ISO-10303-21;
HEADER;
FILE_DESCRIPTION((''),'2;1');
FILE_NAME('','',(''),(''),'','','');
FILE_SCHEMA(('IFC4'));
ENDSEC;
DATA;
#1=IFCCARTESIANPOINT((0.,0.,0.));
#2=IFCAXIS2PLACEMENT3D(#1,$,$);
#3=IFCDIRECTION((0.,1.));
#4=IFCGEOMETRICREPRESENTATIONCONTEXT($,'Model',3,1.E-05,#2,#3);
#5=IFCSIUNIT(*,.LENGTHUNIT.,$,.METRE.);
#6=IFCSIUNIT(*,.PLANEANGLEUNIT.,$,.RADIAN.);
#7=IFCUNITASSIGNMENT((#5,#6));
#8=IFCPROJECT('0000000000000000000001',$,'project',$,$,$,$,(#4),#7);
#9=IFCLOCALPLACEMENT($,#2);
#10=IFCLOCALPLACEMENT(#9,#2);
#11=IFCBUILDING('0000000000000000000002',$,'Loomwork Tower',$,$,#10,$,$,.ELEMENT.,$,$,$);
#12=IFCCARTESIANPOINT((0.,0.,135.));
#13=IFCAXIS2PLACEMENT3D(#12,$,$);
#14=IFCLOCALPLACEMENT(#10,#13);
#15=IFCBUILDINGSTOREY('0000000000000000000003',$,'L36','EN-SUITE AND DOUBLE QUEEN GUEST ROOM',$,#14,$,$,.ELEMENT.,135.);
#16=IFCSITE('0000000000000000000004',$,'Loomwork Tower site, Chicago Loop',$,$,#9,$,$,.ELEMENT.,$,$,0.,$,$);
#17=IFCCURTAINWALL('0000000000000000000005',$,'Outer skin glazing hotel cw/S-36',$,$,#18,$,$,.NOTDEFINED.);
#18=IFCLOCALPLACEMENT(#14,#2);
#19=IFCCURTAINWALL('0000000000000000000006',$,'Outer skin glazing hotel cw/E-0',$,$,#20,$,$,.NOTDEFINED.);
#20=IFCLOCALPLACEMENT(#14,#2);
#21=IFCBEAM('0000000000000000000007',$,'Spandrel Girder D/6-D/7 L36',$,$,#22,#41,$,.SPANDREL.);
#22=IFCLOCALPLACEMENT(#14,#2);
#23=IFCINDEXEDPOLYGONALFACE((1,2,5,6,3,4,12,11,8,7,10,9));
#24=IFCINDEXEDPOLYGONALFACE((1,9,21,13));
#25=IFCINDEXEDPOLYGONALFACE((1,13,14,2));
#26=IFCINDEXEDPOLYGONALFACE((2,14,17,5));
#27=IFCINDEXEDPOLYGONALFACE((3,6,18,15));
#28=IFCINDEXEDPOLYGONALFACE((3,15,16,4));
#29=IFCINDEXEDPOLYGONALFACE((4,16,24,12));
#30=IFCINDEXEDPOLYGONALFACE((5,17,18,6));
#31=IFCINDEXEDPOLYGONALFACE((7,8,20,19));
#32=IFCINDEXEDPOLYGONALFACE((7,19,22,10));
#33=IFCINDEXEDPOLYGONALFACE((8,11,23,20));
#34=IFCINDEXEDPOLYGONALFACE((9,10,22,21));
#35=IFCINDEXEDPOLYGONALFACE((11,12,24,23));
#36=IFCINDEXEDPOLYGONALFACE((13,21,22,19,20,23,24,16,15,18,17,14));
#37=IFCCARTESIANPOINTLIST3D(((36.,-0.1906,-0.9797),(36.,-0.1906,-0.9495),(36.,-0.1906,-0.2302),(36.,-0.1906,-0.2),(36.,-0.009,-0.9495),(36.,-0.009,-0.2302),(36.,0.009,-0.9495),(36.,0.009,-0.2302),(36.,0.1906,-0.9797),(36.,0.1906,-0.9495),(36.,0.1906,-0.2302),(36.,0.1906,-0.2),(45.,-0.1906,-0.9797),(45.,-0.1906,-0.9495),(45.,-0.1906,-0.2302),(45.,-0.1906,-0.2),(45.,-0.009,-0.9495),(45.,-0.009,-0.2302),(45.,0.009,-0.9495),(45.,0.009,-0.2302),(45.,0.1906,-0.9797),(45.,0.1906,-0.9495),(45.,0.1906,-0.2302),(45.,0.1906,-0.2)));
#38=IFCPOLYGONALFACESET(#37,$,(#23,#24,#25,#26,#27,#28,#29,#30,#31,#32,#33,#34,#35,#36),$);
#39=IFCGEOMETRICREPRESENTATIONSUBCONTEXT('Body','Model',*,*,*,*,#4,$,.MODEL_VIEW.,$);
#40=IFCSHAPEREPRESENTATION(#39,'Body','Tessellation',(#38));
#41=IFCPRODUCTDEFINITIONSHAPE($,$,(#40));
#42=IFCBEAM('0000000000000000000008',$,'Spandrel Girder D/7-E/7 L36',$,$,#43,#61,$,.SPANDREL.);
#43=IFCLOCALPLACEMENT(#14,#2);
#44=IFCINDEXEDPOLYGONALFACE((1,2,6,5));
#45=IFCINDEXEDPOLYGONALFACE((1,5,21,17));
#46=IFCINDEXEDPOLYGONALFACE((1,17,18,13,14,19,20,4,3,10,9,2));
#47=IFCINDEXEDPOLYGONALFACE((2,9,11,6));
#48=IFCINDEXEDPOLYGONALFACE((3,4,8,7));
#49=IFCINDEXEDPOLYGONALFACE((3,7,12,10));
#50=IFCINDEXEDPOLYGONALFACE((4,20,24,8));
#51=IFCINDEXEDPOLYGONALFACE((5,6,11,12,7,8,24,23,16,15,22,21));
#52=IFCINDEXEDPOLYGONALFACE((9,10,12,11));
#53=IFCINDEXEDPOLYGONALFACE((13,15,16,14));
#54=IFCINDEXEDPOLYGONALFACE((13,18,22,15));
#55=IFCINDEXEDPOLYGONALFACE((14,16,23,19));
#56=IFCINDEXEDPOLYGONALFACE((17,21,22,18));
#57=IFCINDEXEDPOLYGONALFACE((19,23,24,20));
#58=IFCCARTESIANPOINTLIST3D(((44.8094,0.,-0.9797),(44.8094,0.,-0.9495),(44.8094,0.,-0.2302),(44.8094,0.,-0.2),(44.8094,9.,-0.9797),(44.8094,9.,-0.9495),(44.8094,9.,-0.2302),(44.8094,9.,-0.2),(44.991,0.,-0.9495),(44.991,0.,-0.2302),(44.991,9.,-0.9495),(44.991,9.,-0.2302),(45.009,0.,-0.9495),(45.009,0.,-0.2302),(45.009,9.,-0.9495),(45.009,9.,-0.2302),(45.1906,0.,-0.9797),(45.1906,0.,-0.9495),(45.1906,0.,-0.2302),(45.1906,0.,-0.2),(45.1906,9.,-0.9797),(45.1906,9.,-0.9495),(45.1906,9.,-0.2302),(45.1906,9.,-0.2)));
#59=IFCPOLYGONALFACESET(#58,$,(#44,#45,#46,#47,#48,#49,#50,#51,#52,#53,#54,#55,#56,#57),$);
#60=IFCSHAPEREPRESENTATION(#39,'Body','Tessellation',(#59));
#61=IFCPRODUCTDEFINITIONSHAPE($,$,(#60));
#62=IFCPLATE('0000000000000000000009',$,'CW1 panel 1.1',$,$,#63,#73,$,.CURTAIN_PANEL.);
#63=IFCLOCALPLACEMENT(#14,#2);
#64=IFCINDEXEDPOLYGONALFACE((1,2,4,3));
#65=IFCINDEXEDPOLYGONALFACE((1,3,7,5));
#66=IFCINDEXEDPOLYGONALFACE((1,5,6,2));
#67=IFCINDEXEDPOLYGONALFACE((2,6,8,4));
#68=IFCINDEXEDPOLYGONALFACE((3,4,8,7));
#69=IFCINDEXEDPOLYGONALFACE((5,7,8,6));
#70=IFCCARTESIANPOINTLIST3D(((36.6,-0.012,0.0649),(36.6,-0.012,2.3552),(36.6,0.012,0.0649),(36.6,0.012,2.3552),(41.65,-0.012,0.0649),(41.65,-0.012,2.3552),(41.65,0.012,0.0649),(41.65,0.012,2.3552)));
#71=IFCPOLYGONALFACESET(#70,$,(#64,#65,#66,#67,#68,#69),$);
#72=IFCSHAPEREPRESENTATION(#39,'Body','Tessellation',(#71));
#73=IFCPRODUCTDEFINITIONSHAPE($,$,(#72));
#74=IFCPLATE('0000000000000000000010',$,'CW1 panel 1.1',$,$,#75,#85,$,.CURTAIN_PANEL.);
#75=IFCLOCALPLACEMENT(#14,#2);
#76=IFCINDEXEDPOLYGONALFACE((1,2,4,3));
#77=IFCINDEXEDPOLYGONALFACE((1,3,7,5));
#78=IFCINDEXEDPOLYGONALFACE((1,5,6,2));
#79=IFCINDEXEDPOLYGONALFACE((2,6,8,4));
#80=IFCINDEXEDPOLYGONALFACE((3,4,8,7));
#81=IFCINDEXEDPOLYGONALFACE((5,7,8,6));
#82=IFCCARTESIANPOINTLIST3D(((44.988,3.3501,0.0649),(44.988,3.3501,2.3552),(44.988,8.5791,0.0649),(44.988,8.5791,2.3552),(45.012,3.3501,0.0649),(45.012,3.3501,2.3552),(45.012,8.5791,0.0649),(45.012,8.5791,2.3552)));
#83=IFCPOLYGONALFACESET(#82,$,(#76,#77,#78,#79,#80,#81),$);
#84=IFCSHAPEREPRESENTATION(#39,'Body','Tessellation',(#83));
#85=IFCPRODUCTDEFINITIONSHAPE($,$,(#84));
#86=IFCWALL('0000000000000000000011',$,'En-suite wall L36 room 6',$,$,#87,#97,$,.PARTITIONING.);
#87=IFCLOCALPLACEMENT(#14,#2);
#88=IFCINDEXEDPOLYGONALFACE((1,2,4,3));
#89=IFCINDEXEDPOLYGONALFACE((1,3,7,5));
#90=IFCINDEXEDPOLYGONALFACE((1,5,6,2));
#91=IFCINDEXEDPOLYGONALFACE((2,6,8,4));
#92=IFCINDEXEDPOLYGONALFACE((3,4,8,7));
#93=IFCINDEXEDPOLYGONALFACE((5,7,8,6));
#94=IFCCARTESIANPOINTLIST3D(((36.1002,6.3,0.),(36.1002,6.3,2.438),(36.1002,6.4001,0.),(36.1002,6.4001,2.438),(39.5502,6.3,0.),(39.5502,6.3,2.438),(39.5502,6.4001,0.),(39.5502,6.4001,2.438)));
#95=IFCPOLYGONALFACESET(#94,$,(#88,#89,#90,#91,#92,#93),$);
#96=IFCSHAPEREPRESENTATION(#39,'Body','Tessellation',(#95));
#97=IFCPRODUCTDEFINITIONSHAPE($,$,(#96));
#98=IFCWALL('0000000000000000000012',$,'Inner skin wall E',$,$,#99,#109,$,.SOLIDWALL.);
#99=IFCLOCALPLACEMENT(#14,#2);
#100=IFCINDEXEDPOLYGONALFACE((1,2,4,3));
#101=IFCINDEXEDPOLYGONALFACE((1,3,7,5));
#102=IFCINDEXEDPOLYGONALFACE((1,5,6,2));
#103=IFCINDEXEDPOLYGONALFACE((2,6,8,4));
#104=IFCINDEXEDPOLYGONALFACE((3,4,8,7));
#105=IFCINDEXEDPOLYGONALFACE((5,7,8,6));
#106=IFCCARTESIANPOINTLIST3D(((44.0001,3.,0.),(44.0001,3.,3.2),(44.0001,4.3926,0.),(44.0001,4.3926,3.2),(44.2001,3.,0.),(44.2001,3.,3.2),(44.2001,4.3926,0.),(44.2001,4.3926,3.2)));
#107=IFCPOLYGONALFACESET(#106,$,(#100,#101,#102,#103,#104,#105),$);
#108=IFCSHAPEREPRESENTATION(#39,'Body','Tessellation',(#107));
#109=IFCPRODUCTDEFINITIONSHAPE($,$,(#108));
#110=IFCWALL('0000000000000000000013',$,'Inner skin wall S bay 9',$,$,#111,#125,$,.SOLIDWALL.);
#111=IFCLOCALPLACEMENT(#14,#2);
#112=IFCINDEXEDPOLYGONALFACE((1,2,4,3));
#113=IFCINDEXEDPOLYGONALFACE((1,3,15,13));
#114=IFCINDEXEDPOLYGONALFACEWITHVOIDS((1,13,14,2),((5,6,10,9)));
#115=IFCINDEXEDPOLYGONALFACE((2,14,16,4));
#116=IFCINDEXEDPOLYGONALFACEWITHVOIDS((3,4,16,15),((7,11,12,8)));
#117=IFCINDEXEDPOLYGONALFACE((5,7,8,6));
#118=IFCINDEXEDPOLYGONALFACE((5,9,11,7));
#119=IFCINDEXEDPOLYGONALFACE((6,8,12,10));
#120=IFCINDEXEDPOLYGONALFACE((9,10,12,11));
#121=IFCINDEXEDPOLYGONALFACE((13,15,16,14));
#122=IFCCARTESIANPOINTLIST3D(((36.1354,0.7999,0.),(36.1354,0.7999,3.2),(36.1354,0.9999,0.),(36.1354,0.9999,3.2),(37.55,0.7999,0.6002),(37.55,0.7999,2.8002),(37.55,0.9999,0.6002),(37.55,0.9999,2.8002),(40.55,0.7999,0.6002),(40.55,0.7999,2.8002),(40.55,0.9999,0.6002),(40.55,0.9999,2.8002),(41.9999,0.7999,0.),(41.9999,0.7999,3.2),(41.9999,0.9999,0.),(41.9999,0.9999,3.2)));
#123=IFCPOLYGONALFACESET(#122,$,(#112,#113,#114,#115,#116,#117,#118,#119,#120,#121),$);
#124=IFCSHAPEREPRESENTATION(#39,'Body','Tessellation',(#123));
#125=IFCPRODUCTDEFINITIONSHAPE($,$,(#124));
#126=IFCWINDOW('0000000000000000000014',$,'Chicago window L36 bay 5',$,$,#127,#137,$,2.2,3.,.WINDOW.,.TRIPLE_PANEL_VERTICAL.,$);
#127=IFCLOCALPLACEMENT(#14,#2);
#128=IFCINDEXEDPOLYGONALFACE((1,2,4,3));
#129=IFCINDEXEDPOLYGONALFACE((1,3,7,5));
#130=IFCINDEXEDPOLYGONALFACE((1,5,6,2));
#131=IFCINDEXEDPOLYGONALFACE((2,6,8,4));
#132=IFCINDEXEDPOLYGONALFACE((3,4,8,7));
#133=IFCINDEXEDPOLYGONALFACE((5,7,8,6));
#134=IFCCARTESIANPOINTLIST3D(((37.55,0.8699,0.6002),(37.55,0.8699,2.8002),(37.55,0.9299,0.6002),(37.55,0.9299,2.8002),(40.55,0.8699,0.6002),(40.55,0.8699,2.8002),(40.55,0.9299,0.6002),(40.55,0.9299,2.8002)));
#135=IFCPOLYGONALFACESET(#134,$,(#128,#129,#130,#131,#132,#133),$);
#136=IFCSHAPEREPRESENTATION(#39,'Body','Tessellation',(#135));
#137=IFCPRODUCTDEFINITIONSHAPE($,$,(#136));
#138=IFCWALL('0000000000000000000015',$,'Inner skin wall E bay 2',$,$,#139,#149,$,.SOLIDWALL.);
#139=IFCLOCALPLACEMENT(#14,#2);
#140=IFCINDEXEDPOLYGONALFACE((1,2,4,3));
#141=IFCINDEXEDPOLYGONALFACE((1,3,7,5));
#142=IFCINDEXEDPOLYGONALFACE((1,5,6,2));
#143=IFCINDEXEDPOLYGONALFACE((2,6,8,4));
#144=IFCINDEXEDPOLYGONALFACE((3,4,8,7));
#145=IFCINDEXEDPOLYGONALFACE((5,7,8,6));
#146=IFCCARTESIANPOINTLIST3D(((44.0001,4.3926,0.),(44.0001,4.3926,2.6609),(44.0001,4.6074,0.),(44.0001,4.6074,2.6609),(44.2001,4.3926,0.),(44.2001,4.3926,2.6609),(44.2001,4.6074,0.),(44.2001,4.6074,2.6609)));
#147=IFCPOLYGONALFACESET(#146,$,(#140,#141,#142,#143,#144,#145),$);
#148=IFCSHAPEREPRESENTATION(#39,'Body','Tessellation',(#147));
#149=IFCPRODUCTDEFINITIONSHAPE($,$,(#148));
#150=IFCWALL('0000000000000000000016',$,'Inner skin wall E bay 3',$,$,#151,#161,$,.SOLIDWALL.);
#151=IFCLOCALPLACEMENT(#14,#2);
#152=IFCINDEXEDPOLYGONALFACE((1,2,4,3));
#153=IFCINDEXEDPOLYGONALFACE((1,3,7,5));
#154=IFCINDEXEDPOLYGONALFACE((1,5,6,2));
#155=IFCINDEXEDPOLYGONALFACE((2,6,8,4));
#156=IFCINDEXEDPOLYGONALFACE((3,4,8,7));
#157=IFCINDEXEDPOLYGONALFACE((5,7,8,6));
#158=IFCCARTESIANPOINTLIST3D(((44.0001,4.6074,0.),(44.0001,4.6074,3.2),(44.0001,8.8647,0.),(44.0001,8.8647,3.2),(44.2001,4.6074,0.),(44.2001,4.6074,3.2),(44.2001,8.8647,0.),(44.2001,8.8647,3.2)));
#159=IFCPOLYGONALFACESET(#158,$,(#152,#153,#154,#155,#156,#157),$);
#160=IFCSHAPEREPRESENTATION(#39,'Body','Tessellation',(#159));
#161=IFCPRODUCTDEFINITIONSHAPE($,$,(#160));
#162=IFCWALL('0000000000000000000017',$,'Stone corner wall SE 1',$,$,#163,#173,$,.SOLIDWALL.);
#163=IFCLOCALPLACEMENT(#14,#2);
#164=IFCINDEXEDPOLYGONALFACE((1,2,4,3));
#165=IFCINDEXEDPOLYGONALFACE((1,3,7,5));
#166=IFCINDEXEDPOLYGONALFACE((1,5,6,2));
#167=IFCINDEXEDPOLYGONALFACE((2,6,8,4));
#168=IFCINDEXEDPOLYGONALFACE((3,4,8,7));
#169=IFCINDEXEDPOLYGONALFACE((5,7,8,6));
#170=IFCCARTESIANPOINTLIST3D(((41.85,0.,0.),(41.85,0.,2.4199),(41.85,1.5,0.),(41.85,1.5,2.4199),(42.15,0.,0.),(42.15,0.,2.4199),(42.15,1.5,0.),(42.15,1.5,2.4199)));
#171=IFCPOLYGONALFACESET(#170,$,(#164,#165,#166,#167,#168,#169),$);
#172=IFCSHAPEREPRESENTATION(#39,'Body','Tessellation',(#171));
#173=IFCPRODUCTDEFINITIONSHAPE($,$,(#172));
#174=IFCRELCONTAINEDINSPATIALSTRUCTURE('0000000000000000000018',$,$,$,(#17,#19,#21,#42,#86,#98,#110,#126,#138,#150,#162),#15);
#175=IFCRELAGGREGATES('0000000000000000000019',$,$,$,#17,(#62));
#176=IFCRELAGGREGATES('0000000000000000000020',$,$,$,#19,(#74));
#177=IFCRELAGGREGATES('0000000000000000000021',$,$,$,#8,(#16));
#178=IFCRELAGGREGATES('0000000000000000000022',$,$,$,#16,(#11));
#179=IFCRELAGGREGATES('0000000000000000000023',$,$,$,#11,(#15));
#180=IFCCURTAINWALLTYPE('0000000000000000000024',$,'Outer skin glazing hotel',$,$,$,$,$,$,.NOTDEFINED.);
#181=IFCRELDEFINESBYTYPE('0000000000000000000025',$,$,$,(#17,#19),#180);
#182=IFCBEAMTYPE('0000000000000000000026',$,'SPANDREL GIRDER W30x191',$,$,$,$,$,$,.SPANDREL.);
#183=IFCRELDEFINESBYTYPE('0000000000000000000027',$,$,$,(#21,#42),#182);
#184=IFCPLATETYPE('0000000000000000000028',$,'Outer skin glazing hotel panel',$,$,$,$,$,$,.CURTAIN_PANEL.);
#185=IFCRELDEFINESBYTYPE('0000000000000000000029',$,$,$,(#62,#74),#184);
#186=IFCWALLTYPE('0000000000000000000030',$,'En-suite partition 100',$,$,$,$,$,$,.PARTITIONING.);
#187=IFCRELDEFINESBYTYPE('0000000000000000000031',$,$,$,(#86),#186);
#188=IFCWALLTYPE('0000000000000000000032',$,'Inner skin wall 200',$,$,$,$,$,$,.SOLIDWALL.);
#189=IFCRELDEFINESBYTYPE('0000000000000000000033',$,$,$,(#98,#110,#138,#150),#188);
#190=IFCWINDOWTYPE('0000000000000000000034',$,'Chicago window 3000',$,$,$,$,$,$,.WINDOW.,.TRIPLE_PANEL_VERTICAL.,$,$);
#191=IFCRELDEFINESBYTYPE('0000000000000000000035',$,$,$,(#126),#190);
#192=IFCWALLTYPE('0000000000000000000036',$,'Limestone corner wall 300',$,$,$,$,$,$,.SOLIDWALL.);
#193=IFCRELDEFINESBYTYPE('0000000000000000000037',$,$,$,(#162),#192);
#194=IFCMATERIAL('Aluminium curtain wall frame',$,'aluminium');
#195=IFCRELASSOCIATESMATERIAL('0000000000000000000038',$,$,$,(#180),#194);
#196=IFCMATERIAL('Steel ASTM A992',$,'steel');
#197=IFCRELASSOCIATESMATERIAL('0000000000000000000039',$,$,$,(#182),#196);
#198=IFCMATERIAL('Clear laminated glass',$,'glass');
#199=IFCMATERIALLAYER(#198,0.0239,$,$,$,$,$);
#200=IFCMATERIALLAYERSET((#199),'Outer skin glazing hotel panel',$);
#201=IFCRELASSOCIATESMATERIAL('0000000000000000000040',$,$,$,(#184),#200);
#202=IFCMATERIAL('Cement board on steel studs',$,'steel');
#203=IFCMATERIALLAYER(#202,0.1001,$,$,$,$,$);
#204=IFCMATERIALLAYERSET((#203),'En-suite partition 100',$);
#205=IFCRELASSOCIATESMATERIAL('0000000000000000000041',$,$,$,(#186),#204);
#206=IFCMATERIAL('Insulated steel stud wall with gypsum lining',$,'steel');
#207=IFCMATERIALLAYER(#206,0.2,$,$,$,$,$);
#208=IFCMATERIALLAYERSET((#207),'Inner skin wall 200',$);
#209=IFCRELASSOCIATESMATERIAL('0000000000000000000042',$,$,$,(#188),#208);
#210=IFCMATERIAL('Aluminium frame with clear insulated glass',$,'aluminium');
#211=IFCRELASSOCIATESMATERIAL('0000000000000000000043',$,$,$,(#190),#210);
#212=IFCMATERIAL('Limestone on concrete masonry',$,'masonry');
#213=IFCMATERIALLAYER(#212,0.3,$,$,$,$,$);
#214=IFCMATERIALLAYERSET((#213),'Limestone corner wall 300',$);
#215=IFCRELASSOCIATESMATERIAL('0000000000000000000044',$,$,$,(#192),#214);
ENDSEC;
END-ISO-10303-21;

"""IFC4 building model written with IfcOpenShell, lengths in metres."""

from ifc_helpers import new_model, si_unit, direction, frame, frame_2d, origin, origin_2d, place, context, subcontext, project, spatial, rectangle, i_section, extrude, material, layer, layer_set, material_profile, profile_set, type_object, element, fill, aggregate, save


model = new_model("IFC4")

# Units and contexts
model_context = context("Model", 3, precision=1e-05, world=origin(), true_north=direction((0.0, 1.0)))
body_context = subcontext(model_context, "Body", "Model", "MODEL_VIEW")
ifc_project = project(units=[si_unit("LENGTHUNIT", "METRE"), si_unit("PLANEANGLEUNIT", "RADIAN")], contexts=[model_context])

# Site, building, storey
site_placement = place(None, origin())
site = spatial("IfcSite", under=ifc_project, at=site_placement, Name="Loomwork Tower site, Chicago Loop", CompositionType="ELEMENT", RefElevation=0.0)
building_placement = place(site_placement, origin())
building = spatial("IfcBuilding", under=site, at=building_placement, Name="Loomwork Tower", CompositionType="ELEMENT")
storey_placement = place(building_placement, frame((0.0, 0.0, 135.0)))
storey = spatial("IfcBuildingStorey", under=building, at=storey_placement, Name="L36", Description="EN-SUITE AND DOUBLE QUEEN GUEST ROOM", CompositionType="ELEMENT", Elevation=135.0)

# Curtain wall
ifc_material_1 = material(Name="Aluminium curtain wall frame", Category="aluminium")
curtain_wall_type = type_object("IfcCurtainWallType", Name="Outer skin glazing hotel", PredefinedType="NOTDEFINED", material=ifc_material_1)
curtain_wall_1_placement = place(storey_placement, origin())
curtain_wall_1 = element("IfcCurtainWall", 1, at=curtain_wall_1_placement, inside=storey, type_object=curtain_wall_type, Name="Outer skin glazing hotel cw/S-36", PredefinedType="NOTDEFINED")

# Curtain wall
curtain_wall_2_placement = place(storey_placement, origin())
curtain_wall_2 = element("IfcCurtainWall", 2, at=curtain_wall_2_placement, inside=storey, type_object=curtain_wall_type, Name="Outer skin glazing hotel cw/E-0", PredefinedType="NOTDEFINED")

# Beams
ifc_material_2 = material(Name="Steel ASTM A992", Category="steel")
ifc_material_profile_1 = material_profile(ifc_material_2, i_section(OverallWidth=0.3811, OverallDepth=0.7798, WebThickness=0.0181, FlangeThickness=0.0303, at=origin_2d()), Name="W30x191")
ifc_profile_set_1 = profile_set([ifc_material_profile_1], Name="Steel ASTM A992")
beam_type_1 = type_object("IfcBeamType", Name="SPANDREL GIRDER W30x191", PredefinedType="SPANDREL", material=ifc_profile_set_1)
for number, where, z_axis, x_axis, name in (
    (3, (36.0, 0.0, -0.5898), (1.0, 0.0, 0.0), (0.0, 1.0, 0.0), "Spandrel Girder D/6-D/7 L36"),
    (4, (45.0, 0.0, -0.5898), (0.0, 1.0, 0.0), (-1.0, 0.0, 0.0), "Spandrel Girder D/7-E/7 L36"),
):
    element("IfcBeam", number, at=place(storey_placement, frame(where, z_axis=z_axis, x_axis=x_axis)), inside=storey, type_object=beam_type_1, Name=name, PredefinedType="SPANDREL", context=body_context, shape_type="SweptSolid", body=[
        extrude(i_section(OverallWidth=0.3811, OverallDepth=0.7798, WebThickness=0.0181, FlangeThickness=0.0303, at=origin_2d()), origin(), (0.0, 0.0, 1.0), 9.0),
    ])

# Plates
ifc_material_3 = material(Name="Clear laminated glass", Category="glass")
ifc_layer_1 = layer(ifc_material_3, 0.0239)
ifc_layer_set_1 = layer_set([ifc_layer_1], Name="Outer skin glazing hotel panel")
plate_type = type_object("IfcPlateType", Name="Outer skin glazing hotel panel", PredefinedType="CURTAIN_PANEL", material=ifc_layer_set_1)
plate_1_placement = place(storey_placement, frame((39.125, 0.0, 0.0649), z_axis=(0.0, 0.0, 1.0), x_axis=(1.0, 0.0, 0.0)))
plate_1 = element("IfcPlate", 5, at=plate_1_placement, type_object=plate_type, Name="CW1 panel 1.1", PredefinedType="CURTAIN_PANEL", context=body_context, shape_type="SweptSolid", body=[
    extrude(rectangle(XDim=5.05, YDim=0.0239, at=origin_2d()), origin(), (0.0, 0.0, 1.0), 2.2903),
])
aggregate(curtain_wall_1, [plate_1])
plate_2_placement = place(storey_placement, frame((45.0, 5.9646, 0.0649), z_axis=(0.0, 0.0, 1.0), x_axis=(0.0, 1.0, 0.0)))
plate_2 = element("IfcPlate", 6, at=plate_2_placement, type_object=plate_type, Name="CW1 panel 1.1", PredefinedType="CURTAIN_PANEL", context=body_context, shape_type="SweptSolid", body=[
    extrude(rectangle(XDim=5.229, YDim=0.0239, at=origin_2d()), origin(), (0.0, 0.0, 1.0), 2.2903),
])
aggregate(curtain_wall_2, [plate_2])

# Walls
ifc_material_4 = material(Name="Cement board on steel studs", Category="steel")
ifc_layer_2 = layer(ifc_material_4, 0.1001)
ifc_layer_set_2 = layer_set([ifc_layer_2], Name="En-suite partition 100")
wall_type_1 = type_object("IfcWallType", Name="En-suite partition 100", PredefinedType="PARTITIONING", material=ifc_layer_set_2)
wall_1_placement = place(storey_placement, frame((36.1001, 6.3501, 0.0), z_axis=(0.0, 0.0, 1.0), x_axis=(1.0, 0.0, 0.0)))
element("IfcWall", 7, at=wall_1_placement, inside=storey, type_object=wall_type_1, Name="En-suite wall L36 room 6", PredefinedType="PARTITIONING", context=body_context, shape_type="SweptSolid", body=[
    extrude(rectangle(XDim=3.45, YDim=0.1001, at=frame_2d((1.7251, 0.0))), origin(), (0.0, 0.0, 1.0), 2.438),
])
ifc_material_5 = material(Name="Insulated steel stud wall with gypsum lining", Category="steel")
ifc_layer_3 = layer(ifc_material_5, 0.2)
ifc_layer_set_3 = layer_set([ifc_layer_3], Name="Inner skin wall 200")
wall_type_2 = type_object("IfcWallType", Name="Inner skin wall 200", PredefinedType="SOLIDWALL", material=ifc_layer_set_3)
wall_2_placement = place(storey_placement, frame((44.1001, 3.0, 0.0), z_axis=(0.0, 0.0, 1.0), x_axis=(0.0, 1.0, 0.0)))
element("IfcWall", 8, at=wall_2_placement, inside=storey, type_object=wall_type_2, Name="Inner skin wall E", PredefinedType="SOLIDWALL", context=body_context, shape_type="SweptSolid", body=[
    extrude(rectangle(XDim=1.3926, YDim=0.2, at=frame_2d((0.6963, 0.0))), origin(), (0.0, 0.0, 1.0), 3.2),
])

# Wall, opening, window
wall_3_placement = place(storey_placement, frame((36.1355, 0.8999, 0.0), z_axis=(0.0, 0.0, 1.0), x_axis=(1.0, 0.0, 0.0)))
wall_3 = element("IfcWall", 9, at=wall_3_placement, inside=storey, type_object=wall_type_2, Name="Inner skin wall S bay 9", PredefinedType="SOLIDWALL", context=body_context, shape_type="SweptSolid", body=[
    extrude(rectangle(XDim=5.8645, YDim=0.2, at=frame_2d((2.9321, 0.0))), origin(), (0.0, 0.0, 1.0), 3.2),
])
opening_1_placement = place(wall_3_placement, frame((1.4146, 0.0, 0.6001)))
opening_1 = element("IfcOpeningElement", 10, at=opening_1_placement, cuts=wall_3, PredefinedType="OPENING", context=body_context, shape_type="SweptSolid", body=[
    extrude(rectangle(XDim=3.0, YDim=2.2, at=frame_2d((1.5, 1.1001))), frame((0.0, 0.1099, 0.0), z_axis=(0.0, -1.0, 0.0), x_axis=(1.0, 0.0, 0.0)), (0.0, 0.0, 1.0), 0.22),
])
ifc_material_6 = material(Name="Aluminium frame with clear insulated glass", Category="aluminium")
window_type_1 = type_object("IfcWindowType", Name="Chicago window 3000", PartitioningType="TRIPLE_PANEL_VERTICAL", PredefinedType="WINDOW", material=ifc_material_6)
window_1_placement = place(opening_1_placement, origin())
window_1 = element("IfcWindow", 11, at=window_1_placement, inside=storey, type_object=window_type_1, Name="Chicago window L36 bay 5", OverallHeight=2.2, OverallWidth=3.0, PartitioningType="TRIPLE_PANEL_VERTICAL", PredefinedType="WINDOW", context=body_context, shape_type="SweptSolid", body=[
    extrude(rectangle(XDim=3.0, YDim=2.2, at=frame_2d((1.5, 1.1001))), frame((0.0, 0.03, 0.0), z_axis=(0.0, -1.0, 0.0), x_axis=(1.0, 0.0, 0.0)), (0.0, 0.0, 1.0), 0.0601),
])
fill(opening_1, window_1)

# Walls
wall_4_placement = place(storey_placement, frame((44.1001, 4.3926, 0.0), z_axis=(0.0, 0.0, 1.0), x_axis=(0.0, 1.0, 0.0)))
element("IfcWall", 12, at=wall_4_placement, inside=storey, type_object=wall_type_2, Name="Inner skin wall E bay 2", PredefinedType="SOLIDWALL", context=body_context, shape_type="SweptSolid", body=[
    extrude(rectangle(XDim=0.2148, YDim=0.2, at=frame_2d((0.1074, 0.0))), origin(), (0.0, 0.0, 1.0), 2.6609),
])
wall_5_placement = place(storey_placement, frame((44.1001, 4.6074, 0.0), z_axis=(0.0, 0.0, 1.0), x_axis=(0.0, 1.0, 0.0)))
element("IfcWall", 13, at=wall_5_placement, inside=storey, type_object=wall_type_2, Name="Inner skin wall E bay 3", PredefinedType="SOLIDWALL", context=body_context, shape_type="SweptSolid", body=[
    extrude(rectangle(XDim=4.2573, YDim=0.2, at=frame_2d((2.1287, 0.0))), origin(), (0.0, 0.0, 1.0), 3.2),
])
ifc_material_7 = material(Name="Limestone on concrete masonry", Category="masonry")
ifc_layer_4 = layer(ifc_material_7, 0.3)
ifc_layer_set_4 = layer_set([ifc_layer_4], Name="Limestone corner wall 300")
wall_type_3 = type_object("IfcWallType", Name="Limestone corner wall 300", PredefinedType="SOLIDWALL", material=ifc_layer_set_4)
wall_6_placement = place(storey_placement, frame((42.0, 0.0, 0.0), z_axis=(0.0, 0.0, 1.0), x_axis=(0.0, 1.0, 0.0)))
element("IfcWall", 14, at=wall_6_placement, inside=storey, type_object=wall_type_3, Name="Stone corner wall SE 1", PredefinedType="SOLIDWALL", context=body_context, shape_type="SweptSolid", body=[
    extrude(rectangle(XDim=1.5, YDim=0.3, at=frame_2d((0.75, 0.0))), origin(), (0.0, 0.0, 1.0), 2.4199),
])

save(model, "model.ifc")
